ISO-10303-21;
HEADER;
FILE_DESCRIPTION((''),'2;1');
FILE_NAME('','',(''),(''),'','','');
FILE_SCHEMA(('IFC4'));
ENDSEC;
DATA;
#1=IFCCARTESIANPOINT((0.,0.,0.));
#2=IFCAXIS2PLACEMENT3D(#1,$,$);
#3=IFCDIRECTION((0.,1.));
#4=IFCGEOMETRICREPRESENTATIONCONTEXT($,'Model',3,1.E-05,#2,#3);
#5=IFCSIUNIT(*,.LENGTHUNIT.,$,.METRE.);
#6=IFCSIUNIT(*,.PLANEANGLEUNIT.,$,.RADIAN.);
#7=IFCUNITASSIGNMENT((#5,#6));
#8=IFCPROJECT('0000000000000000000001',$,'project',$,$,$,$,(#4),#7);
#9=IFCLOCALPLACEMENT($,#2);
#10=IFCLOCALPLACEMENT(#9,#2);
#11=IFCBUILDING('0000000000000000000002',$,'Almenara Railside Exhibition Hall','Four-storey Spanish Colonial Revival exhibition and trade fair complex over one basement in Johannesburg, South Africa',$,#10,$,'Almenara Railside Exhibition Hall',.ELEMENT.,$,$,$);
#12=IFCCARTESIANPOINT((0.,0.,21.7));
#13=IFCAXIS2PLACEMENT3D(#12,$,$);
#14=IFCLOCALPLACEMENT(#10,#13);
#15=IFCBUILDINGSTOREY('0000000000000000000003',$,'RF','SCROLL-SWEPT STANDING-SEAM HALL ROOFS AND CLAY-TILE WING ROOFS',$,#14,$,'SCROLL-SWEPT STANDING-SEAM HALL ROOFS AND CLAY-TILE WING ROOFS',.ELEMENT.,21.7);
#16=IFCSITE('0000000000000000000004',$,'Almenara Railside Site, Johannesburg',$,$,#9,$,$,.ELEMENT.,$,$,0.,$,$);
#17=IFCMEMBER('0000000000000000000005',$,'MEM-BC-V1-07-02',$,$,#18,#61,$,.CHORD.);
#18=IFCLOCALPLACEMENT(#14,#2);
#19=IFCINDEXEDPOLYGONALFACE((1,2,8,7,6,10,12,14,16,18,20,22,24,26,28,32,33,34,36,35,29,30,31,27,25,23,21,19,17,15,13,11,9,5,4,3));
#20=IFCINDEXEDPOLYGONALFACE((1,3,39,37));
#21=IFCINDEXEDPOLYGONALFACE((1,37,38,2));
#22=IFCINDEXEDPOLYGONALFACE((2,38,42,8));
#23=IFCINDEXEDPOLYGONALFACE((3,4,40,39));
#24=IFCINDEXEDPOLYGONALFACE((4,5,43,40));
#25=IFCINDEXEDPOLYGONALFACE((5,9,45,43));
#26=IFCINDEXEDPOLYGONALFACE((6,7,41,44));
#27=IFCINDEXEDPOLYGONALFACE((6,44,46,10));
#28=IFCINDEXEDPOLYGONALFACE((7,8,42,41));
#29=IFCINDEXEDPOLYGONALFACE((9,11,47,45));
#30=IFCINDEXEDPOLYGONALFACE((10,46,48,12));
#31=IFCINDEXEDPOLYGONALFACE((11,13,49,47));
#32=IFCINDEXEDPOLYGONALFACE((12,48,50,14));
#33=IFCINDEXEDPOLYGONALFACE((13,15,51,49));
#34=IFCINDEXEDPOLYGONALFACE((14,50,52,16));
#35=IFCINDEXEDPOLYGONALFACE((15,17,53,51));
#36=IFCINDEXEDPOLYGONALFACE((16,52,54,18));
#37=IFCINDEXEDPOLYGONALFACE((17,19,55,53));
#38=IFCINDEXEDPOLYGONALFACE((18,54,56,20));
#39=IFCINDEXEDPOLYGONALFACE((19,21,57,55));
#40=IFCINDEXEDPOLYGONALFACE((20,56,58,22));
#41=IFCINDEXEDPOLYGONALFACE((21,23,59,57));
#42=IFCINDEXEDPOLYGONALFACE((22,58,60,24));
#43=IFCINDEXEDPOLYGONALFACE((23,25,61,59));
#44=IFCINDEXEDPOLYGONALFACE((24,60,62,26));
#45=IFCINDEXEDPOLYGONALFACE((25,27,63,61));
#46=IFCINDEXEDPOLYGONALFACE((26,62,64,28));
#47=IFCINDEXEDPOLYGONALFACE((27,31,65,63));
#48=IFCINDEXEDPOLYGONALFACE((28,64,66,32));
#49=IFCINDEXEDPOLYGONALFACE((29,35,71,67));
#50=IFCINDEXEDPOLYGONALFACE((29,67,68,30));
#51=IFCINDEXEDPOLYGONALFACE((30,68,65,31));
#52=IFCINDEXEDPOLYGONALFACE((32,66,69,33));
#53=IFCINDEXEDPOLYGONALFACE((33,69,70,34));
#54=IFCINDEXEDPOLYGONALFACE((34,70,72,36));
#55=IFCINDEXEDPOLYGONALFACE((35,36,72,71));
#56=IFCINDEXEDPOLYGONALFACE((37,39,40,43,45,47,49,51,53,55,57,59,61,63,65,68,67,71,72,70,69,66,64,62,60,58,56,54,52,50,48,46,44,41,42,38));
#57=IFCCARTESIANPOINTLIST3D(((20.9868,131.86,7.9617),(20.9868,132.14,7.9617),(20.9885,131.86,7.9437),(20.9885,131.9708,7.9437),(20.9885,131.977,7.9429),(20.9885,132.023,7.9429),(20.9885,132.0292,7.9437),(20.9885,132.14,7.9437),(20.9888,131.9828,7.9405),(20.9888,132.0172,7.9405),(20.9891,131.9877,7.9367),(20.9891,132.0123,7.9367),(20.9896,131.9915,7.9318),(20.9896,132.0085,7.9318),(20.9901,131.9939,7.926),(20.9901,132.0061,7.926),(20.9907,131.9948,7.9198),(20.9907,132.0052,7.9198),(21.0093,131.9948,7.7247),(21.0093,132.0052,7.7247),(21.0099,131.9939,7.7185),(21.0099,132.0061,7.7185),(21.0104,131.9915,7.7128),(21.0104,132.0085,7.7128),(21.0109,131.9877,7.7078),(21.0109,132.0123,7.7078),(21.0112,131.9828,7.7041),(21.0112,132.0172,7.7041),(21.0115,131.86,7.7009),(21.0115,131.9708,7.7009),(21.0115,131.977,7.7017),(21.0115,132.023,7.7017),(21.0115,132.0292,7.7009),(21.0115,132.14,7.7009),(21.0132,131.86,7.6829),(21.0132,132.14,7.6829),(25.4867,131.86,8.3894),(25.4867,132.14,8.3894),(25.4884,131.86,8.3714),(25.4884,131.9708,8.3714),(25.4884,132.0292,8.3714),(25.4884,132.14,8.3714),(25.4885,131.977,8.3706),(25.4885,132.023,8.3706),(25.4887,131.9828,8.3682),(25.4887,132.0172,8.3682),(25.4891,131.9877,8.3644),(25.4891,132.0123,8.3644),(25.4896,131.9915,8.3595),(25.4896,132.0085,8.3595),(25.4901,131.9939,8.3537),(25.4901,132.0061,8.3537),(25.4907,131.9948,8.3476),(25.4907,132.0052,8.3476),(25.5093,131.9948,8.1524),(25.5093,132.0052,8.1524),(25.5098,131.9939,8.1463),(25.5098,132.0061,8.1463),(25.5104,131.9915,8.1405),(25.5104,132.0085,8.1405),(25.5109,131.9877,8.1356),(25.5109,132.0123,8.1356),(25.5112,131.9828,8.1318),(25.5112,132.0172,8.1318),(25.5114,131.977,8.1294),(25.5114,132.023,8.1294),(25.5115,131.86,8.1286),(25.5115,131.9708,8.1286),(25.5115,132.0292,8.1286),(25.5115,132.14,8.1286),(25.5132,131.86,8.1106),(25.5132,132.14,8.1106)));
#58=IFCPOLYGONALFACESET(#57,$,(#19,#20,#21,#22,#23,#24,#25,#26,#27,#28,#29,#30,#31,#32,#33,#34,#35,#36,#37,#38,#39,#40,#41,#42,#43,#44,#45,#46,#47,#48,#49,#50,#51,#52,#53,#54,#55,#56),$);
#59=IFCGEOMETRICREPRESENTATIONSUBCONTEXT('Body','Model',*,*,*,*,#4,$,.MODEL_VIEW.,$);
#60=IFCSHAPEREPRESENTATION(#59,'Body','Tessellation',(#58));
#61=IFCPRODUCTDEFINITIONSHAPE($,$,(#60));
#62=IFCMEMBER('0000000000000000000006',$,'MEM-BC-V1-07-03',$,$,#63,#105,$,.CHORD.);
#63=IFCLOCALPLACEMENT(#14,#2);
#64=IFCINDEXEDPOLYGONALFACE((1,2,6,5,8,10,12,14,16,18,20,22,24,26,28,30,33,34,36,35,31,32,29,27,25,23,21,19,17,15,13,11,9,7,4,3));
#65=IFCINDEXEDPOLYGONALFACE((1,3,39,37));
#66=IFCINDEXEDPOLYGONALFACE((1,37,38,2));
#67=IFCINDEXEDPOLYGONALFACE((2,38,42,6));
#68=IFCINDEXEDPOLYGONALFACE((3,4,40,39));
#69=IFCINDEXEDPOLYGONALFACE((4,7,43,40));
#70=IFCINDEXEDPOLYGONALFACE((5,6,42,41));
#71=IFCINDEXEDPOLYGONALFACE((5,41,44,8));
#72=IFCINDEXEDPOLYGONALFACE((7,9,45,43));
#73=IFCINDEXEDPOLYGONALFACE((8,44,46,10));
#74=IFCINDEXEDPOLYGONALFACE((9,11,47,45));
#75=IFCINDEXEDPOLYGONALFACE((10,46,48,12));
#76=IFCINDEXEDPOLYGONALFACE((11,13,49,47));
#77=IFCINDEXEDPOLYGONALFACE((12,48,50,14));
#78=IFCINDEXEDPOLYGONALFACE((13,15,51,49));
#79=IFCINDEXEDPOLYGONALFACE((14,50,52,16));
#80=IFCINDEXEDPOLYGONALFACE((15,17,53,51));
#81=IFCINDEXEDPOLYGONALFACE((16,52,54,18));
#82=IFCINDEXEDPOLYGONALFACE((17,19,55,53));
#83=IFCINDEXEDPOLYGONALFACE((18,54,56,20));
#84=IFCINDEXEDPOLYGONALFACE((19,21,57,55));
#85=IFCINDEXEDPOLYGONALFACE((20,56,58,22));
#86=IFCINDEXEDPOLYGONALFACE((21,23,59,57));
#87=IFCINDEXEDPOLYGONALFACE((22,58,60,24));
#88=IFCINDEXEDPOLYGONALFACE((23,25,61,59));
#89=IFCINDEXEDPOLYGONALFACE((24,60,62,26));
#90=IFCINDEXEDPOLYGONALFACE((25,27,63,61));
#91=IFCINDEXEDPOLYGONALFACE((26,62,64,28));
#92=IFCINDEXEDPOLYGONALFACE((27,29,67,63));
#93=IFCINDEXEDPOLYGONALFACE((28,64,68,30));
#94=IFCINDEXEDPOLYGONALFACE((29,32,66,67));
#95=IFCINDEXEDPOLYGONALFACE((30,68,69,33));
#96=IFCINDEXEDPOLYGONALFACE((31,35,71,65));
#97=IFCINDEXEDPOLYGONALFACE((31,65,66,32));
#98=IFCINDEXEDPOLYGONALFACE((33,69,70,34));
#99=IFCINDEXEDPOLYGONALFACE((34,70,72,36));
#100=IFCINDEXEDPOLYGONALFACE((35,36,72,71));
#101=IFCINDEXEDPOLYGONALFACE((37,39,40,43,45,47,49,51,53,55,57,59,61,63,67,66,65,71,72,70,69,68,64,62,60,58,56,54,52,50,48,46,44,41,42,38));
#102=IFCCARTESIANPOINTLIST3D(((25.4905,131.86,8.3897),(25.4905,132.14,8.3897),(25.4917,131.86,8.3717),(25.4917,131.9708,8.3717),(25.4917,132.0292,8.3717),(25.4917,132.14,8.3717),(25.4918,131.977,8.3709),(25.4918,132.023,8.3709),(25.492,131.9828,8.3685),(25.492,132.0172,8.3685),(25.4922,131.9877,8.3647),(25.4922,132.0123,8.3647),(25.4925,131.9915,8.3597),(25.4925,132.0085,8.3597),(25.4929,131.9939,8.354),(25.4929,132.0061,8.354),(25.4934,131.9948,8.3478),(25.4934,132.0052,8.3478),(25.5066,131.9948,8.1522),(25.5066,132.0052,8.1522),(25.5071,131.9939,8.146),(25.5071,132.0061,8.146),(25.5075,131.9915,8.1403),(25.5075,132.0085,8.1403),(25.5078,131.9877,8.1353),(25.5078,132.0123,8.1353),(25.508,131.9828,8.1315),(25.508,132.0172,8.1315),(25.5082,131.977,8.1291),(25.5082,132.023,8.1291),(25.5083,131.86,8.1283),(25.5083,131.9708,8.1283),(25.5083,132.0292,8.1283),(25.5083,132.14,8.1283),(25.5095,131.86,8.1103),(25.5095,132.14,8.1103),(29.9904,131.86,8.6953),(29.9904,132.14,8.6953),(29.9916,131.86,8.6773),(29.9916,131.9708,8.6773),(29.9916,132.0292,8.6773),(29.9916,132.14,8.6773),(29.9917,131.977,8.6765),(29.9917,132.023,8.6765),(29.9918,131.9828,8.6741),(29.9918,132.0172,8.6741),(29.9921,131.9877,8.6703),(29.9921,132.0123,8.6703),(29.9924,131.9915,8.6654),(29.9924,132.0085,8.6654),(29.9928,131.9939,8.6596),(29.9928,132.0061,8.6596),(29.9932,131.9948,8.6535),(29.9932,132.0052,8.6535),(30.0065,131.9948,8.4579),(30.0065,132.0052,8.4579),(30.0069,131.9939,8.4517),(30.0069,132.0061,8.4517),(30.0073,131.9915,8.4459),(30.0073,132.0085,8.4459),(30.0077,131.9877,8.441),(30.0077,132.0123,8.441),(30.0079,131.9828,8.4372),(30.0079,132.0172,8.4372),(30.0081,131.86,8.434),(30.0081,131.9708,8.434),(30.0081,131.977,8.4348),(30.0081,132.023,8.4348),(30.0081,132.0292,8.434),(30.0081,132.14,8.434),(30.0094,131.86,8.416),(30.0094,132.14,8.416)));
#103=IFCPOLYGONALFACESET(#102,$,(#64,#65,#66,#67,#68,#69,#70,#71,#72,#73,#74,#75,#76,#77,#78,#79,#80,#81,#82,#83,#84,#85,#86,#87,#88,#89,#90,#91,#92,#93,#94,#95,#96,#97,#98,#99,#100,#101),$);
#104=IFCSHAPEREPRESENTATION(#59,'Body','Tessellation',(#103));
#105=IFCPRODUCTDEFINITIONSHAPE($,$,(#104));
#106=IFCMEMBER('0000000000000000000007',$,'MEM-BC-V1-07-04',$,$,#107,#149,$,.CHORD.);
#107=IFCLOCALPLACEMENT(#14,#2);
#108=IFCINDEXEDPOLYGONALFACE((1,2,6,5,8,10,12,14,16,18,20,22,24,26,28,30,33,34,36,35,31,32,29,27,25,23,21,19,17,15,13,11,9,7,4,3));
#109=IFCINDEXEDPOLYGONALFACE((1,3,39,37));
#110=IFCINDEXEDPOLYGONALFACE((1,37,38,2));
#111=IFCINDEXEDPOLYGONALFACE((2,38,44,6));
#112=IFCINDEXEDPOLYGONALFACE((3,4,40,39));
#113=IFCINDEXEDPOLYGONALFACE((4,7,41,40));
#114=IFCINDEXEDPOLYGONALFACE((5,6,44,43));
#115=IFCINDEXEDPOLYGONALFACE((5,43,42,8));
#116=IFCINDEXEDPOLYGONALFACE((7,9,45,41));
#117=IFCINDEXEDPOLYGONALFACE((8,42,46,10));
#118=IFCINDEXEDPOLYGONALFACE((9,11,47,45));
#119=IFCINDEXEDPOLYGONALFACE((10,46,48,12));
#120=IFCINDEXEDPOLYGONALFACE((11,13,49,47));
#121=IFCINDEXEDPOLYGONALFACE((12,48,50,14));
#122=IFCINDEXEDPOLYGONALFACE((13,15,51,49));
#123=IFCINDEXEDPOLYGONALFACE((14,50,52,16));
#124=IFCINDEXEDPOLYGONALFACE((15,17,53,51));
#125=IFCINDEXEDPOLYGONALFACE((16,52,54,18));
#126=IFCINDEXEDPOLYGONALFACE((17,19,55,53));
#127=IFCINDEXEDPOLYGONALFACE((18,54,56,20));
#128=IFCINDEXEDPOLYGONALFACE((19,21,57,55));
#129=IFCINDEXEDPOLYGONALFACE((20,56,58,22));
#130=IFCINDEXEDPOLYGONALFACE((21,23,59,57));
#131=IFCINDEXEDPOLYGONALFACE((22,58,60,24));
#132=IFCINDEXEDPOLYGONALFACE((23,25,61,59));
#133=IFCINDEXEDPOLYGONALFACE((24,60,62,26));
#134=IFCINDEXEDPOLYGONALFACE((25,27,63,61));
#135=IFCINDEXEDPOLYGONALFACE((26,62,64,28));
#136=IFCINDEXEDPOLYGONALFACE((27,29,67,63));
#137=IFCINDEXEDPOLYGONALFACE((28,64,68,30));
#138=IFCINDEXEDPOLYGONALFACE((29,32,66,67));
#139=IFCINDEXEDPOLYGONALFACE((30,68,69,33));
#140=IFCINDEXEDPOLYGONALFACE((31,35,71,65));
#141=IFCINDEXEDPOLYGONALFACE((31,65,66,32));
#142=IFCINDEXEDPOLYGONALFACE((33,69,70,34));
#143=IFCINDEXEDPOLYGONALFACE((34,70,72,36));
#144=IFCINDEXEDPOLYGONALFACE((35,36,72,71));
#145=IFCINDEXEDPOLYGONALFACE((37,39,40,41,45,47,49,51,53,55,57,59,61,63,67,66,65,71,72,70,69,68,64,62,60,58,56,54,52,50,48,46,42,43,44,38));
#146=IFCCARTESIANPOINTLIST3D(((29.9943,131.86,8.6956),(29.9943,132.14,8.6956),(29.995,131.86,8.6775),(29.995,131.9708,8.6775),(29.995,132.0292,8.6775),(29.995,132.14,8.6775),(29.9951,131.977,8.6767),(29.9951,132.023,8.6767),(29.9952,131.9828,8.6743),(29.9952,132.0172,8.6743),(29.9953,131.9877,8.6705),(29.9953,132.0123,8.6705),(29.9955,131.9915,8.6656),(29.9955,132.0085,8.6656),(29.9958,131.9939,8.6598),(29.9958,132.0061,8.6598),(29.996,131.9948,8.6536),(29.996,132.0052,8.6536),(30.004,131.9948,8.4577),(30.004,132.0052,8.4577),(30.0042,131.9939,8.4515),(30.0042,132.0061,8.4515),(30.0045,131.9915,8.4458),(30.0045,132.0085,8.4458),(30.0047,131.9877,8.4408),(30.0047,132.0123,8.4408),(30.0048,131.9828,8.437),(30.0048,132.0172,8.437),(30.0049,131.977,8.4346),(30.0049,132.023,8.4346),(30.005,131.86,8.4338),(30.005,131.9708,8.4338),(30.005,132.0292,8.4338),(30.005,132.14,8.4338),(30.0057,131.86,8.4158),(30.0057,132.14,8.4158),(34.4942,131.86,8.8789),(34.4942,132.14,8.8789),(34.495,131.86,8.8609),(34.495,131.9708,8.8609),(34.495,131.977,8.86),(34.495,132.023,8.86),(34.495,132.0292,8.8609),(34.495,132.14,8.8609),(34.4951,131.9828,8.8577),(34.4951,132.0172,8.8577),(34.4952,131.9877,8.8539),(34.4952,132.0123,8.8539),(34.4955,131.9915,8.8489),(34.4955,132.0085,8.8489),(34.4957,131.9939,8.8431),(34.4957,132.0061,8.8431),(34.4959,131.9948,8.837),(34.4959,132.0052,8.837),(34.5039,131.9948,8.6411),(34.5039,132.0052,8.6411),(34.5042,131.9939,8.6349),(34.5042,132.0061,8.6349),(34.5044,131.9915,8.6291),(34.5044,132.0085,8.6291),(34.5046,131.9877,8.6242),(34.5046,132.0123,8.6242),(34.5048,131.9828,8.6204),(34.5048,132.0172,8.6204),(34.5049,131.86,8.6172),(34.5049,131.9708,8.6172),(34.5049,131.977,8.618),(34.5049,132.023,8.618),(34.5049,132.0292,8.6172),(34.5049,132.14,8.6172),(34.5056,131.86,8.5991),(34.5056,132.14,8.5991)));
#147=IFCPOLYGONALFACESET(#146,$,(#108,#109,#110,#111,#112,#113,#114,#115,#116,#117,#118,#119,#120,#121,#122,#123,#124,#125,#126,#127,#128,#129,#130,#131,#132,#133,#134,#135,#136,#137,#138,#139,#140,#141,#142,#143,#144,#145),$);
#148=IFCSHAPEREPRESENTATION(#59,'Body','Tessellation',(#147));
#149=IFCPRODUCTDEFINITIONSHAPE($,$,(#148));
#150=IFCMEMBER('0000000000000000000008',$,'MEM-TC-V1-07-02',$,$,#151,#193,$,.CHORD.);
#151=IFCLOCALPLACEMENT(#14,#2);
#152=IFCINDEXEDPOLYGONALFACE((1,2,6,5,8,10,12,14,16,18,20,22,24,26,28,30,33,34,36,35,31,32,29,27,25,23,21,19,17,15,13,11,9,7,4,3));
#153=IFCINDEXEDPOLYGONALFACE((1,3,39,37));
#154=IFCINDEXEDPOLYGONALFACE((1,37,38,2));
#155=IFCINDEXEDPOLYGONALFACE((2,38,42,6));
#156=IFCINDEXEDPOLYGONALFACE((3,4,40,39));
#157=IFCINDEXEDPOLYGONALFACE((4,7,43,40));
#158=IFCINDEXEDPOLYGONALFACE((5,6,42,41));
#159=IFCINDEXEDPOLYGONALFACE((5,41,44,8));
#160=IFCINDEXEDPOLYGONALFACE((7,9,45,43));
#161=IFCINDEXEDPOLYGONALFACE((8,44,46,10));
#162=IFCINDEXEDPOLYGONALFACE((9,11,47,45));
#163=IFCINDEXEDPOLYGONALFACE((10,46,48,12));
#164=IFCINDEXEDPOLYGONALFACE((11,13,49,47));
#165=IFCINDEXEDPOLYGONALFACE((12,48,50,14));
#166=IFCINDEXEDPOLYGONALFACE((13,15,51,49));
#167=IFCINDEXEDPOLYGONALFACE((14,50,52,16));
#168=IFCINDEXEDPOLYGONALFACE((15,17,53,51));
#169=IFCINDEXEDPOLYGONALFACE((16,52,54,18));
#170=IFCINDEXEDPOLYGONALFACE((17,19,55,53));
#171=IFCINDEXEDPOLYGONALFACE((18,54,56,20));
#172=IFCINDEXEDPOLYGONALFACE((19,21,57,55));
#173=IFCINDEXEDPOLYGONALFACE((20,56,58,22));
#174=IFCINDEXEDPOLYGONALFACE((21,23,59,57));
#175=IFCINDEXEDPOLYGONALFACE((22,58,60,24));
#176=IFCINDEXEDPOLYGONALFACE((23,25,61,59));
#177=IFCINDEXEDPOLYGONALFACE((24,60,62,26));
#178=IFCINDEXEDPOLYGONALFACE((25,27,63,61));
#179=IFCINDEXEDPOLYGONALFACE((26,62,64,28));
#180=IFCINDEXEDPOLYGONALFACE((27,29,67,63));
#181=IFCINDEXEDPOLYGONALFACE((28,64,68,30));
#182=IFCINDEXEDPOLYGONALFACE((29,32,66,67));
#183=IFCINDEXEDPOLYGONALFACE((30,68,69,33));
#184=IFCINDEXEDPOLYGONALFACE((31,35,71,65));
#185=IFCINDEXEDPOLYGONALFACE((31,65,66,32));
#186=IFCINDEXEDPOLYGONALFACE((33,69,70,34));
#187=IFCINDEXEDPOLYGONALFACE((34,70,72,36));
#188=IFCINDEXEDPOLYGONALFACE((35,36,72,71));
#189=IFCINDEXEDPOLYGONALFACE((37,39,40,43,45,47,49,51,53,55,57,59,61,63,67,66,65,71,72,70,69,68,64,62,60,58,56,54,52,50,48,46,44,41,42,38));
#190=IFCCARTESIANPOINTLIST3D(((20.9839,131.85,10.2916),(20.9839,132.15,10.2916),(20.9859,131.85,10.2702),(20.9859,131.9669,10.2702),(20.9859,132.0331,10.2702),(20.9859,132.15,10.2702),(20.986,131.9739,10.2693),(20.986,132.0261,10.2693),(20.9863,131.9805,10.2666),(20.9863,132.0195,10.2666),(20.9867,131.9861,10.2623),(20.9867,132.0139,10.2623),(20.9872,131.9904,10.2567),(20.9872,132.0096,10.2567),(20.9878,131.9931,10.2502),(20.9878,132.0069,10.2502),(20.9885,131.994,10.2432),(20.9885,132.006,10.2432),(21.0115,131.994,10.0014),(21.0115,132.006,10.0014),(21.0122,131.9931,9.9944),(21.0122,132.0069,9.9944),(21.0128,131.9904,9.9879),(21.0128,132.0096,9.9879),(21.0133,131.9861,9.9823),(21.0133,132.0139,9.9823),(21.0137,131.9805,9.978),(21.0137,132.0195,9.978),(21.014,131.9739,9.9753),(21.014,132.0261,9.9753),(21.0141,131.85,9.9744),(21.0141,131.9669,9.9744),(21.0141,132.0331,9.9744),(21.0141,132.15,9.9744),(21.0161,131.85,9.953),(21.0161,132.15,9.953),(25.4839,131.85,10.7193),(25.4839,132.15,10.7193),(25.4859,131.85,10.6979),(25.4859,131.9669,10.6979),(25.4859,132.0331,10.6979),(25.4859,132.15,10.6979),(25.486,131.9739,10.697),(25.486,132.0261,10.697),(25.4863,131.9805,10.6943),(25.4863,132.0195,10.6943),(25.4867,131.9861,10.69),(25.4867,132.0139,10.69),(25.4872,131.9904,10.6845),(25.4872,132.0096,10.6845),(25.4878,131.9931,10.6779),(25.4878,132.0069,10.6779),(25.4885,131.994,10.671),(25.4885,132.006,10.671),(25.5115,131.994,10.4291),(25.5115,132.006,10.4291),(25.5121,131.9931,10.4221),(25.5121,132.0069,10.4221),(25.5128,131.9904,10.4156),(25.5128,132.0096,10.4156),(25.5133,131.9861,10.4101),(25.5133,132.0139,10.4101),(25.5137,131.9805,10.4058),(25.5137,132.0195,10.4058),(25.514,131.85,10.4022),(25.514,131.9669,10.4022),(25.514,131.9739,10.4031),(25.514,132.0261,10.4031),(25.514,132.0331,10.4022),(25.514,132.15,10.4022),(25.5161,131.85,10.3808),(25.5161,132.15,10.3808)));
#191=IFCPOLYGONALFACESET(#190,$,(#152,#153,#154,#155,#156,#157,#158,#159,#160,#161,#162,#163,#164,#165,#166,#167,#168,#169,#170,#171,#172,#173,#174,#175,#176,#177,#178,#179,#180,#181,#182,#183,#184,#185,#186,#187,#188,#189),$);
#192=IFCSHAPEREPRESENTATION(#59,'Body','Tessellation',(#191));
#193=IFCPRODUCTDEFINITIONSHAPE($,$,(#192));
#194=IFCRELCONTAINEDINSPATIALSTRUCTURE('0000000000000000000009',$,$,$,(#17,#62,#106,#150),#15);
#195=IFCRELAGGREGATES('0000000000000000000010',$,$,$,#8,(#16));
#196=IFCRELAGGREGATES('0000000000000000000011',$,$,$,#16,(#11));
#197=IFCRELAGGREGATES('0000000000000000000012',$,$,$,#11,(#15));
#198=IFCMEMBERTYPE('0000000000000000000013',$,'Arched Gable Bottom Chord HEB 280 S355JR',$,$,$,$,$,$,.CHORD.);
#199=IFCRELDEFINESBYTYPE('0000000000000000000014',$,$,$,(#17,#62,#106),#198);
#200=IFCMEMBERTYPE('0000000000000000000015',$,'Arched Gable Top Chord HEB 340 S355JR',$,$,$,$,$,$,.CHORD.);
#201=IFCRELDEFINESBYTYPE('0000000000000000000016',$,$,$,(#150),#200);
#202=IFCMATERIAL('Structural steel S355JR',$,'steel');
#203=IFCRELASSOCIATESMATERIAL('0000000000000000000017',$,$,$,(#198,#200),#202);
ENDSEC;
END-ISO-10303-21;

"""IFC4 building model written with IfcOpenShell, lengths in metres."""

from ifc_helpers import new_model, si_unit, direction, frame, origin, origin_2d, place, context, subcontext, project, spatial, i_section, extrude, material, material_profile, profile_set, type_object, element, save


model = new_model("IFC4")

# Units and contexts
model_context = context("Model", 3, precision=1e-05, world=origin(), true_north=direction((0.0, 1.0)))
body_context = subcontext(model_context, "Body", "Model", "MODEL_VIEW")
ifc_project = project(units=[si_unit("LENGTHUNIT", "METRE"), si_unit("PLANEANGLEUNIT", "RADIAN")], contexts=[model_context])

# Site, building, storey
site_placement = place(None, origin())
site = spatial("IfcSite", under=ifc_project, at=site_placement, Name="Almenara Railside Site, Johannesburg", CompositionType="ELEMENT", RefElevation=0.0)
building_placement = place(site_placement, origin())
building = spatial("IfcBuilding", under=site, at=building_placement, Name="Almenara Railside Exhibition Hall", Description="Four-storey Spanish Colonial Revival exhibition and trade fair complex over one basement in Johannesburg, South Africa", LongName="Almenara Railside Exhibition Hall", CompositionType="ELEMENT")
storey_placement = place(building_placement, frame((0.0, 0.0, 21.7)))
storey = spatial("IfcBuildingStorey", under=building, at=storey_placement, Name="RF", Description="SCROLL-SWEPT STANDING-SEAM HALL ROOFS AND CLAY-TILE WING ROOFS", LongName="SCROLL-SWEPT STANDING-SEAM HALL ROOFS AND CLAY-TILE WING ROOFS", CompositionType="ELEMENT", Elevation=21.7)

# Members
ifc_material_1 = material(Name="Structural steel S355JR", Category="steel")
ifc_material_profile_1 = material_profile(ifc_material_1, i_section(OverallWidth=0.28, OverallDepth=0.28, WebThickness=0.0105, FlangeThickness=0.0181, FilletRadius=0.0239, at=origin_2d()), Name="HEB 280")
ifc_profile_set_1 = profile_set([ifc_material_profile_1], Name="Structural steel S355JR")
member_type_1 = type_object("IfcMemberType", Name="Arched Gable Bottom Chord HEB 280 S355JR", PredefinedType="CHORD", material=ifc_profile_set_1)
member_1_placement = place(storey_placement, frame((21.0, 132.0, 7.8223), z_axis=(0.995513, 0.0, 0.094626), x_axis=(0.0, 1.0, 0.0)))
element("IfcMember", 1, at=member_1_placement, inside=storey, type_object=member_type_1, Name="MEM-BC-V1-07-02", PredefinedType="CHORD", context=body_context, shape_type="SweptSolid", body=[
    extrude(i_section(OverallWidth=0.28, OverallDepth=0.28, WebThickness=0.0105, FlangeThickness=0.0181, FilletRadius=0.0239, at=origin_2d()), origin(), (0.0, 0.0, 1.0), 4.5203),
])
member_2_placement = place(storey_placement, frame((25.5, 132.0, 8.25), z_axis=(0.997701, 0.0, 0.067769), x_axis=(0.0, 1.0, 0.0)))
element("IfcMember", 2, at=member_2_placement, inside=storey, type_object=member_type_1, Name="MEM-BC-V1-07-03", PredefinedType="CHORD", context=body_context, shape_type="SweptSolid", body=[
    extrude(i_section(OverallWidth=0.28, OverallDepth=0.28, WebThickness=0.0105, FlangeThickness=0.0181, FilletRadius=0.0239, at=origin_2d()), origin(), (0.0, 0.0, 1.0), 4.5103),
])
member_3_placement = place(storey_placement, frame((30.0, 132.0, 8.5557), z_axis=(0.999171, 0.0, 0.040711), x_axis=(0.0, 1.0, 0.0)))
element("IfcMember", 3, at=member_3_placement, inside=storey, type_object=member_type_1, Name="MEM-BC-V1-07-04", PredefinedType="CHORD", context=body_context, shape_type="SweptSolid", body=[
    extrude(i_section(OverallWidth=0.28, OverallDepth=0.28, WebThickness=0.0105, FlangeThickness=0.0181, FilletRadius=0.0239, at=origin_2d()), origin(), (0.0, 0.0, 1.0), 4.5037),
])
ifc_material_profile_2 = material_profile(ifc_material_1, i_section(OverallWidth=0.3, OverallDepth=0.3401, WebThickness=0.012, FlangeThickness=0.0215, FilletRadius=0.0271, at=origin_2d()), Name="HEB 340")
ifc_profile_set_2 = profile_set([ifc_material_profile_2], Name="Structural steel S355JR")
member_type_2 = type_object("IfcMemberType", Name="Arched Gable Top Chord HEB 340 S355JR", PredefinedType="CHORD", material=ifc_profile_set_2)
member_4_placement = place(storey_placement, frame((21.0, 132.0, 10.1223), z_axis=(0.995513, 0.0, 0.094626), x_axis=(0.0, 1.0, 0.0)))
element("IfcMember", 4, at=member_4_placement, inside=storey, type_object=member_type_2, Name="MEM-TC-V1-07-02", PredefinedType="CHORD", context=body_context, shape_type="SweptSolid", body=[
    extrude(i_section(OverallWidth=0.3, OverallDepth=0.3401, WebThickness=0.012, FlangeThickness=0.0215, FilletRadius=0.0271, at=origin_2d()), origin(), (0.0, 0.0, 1.0), 4.5203),
])

save(model, "model.ifc")
